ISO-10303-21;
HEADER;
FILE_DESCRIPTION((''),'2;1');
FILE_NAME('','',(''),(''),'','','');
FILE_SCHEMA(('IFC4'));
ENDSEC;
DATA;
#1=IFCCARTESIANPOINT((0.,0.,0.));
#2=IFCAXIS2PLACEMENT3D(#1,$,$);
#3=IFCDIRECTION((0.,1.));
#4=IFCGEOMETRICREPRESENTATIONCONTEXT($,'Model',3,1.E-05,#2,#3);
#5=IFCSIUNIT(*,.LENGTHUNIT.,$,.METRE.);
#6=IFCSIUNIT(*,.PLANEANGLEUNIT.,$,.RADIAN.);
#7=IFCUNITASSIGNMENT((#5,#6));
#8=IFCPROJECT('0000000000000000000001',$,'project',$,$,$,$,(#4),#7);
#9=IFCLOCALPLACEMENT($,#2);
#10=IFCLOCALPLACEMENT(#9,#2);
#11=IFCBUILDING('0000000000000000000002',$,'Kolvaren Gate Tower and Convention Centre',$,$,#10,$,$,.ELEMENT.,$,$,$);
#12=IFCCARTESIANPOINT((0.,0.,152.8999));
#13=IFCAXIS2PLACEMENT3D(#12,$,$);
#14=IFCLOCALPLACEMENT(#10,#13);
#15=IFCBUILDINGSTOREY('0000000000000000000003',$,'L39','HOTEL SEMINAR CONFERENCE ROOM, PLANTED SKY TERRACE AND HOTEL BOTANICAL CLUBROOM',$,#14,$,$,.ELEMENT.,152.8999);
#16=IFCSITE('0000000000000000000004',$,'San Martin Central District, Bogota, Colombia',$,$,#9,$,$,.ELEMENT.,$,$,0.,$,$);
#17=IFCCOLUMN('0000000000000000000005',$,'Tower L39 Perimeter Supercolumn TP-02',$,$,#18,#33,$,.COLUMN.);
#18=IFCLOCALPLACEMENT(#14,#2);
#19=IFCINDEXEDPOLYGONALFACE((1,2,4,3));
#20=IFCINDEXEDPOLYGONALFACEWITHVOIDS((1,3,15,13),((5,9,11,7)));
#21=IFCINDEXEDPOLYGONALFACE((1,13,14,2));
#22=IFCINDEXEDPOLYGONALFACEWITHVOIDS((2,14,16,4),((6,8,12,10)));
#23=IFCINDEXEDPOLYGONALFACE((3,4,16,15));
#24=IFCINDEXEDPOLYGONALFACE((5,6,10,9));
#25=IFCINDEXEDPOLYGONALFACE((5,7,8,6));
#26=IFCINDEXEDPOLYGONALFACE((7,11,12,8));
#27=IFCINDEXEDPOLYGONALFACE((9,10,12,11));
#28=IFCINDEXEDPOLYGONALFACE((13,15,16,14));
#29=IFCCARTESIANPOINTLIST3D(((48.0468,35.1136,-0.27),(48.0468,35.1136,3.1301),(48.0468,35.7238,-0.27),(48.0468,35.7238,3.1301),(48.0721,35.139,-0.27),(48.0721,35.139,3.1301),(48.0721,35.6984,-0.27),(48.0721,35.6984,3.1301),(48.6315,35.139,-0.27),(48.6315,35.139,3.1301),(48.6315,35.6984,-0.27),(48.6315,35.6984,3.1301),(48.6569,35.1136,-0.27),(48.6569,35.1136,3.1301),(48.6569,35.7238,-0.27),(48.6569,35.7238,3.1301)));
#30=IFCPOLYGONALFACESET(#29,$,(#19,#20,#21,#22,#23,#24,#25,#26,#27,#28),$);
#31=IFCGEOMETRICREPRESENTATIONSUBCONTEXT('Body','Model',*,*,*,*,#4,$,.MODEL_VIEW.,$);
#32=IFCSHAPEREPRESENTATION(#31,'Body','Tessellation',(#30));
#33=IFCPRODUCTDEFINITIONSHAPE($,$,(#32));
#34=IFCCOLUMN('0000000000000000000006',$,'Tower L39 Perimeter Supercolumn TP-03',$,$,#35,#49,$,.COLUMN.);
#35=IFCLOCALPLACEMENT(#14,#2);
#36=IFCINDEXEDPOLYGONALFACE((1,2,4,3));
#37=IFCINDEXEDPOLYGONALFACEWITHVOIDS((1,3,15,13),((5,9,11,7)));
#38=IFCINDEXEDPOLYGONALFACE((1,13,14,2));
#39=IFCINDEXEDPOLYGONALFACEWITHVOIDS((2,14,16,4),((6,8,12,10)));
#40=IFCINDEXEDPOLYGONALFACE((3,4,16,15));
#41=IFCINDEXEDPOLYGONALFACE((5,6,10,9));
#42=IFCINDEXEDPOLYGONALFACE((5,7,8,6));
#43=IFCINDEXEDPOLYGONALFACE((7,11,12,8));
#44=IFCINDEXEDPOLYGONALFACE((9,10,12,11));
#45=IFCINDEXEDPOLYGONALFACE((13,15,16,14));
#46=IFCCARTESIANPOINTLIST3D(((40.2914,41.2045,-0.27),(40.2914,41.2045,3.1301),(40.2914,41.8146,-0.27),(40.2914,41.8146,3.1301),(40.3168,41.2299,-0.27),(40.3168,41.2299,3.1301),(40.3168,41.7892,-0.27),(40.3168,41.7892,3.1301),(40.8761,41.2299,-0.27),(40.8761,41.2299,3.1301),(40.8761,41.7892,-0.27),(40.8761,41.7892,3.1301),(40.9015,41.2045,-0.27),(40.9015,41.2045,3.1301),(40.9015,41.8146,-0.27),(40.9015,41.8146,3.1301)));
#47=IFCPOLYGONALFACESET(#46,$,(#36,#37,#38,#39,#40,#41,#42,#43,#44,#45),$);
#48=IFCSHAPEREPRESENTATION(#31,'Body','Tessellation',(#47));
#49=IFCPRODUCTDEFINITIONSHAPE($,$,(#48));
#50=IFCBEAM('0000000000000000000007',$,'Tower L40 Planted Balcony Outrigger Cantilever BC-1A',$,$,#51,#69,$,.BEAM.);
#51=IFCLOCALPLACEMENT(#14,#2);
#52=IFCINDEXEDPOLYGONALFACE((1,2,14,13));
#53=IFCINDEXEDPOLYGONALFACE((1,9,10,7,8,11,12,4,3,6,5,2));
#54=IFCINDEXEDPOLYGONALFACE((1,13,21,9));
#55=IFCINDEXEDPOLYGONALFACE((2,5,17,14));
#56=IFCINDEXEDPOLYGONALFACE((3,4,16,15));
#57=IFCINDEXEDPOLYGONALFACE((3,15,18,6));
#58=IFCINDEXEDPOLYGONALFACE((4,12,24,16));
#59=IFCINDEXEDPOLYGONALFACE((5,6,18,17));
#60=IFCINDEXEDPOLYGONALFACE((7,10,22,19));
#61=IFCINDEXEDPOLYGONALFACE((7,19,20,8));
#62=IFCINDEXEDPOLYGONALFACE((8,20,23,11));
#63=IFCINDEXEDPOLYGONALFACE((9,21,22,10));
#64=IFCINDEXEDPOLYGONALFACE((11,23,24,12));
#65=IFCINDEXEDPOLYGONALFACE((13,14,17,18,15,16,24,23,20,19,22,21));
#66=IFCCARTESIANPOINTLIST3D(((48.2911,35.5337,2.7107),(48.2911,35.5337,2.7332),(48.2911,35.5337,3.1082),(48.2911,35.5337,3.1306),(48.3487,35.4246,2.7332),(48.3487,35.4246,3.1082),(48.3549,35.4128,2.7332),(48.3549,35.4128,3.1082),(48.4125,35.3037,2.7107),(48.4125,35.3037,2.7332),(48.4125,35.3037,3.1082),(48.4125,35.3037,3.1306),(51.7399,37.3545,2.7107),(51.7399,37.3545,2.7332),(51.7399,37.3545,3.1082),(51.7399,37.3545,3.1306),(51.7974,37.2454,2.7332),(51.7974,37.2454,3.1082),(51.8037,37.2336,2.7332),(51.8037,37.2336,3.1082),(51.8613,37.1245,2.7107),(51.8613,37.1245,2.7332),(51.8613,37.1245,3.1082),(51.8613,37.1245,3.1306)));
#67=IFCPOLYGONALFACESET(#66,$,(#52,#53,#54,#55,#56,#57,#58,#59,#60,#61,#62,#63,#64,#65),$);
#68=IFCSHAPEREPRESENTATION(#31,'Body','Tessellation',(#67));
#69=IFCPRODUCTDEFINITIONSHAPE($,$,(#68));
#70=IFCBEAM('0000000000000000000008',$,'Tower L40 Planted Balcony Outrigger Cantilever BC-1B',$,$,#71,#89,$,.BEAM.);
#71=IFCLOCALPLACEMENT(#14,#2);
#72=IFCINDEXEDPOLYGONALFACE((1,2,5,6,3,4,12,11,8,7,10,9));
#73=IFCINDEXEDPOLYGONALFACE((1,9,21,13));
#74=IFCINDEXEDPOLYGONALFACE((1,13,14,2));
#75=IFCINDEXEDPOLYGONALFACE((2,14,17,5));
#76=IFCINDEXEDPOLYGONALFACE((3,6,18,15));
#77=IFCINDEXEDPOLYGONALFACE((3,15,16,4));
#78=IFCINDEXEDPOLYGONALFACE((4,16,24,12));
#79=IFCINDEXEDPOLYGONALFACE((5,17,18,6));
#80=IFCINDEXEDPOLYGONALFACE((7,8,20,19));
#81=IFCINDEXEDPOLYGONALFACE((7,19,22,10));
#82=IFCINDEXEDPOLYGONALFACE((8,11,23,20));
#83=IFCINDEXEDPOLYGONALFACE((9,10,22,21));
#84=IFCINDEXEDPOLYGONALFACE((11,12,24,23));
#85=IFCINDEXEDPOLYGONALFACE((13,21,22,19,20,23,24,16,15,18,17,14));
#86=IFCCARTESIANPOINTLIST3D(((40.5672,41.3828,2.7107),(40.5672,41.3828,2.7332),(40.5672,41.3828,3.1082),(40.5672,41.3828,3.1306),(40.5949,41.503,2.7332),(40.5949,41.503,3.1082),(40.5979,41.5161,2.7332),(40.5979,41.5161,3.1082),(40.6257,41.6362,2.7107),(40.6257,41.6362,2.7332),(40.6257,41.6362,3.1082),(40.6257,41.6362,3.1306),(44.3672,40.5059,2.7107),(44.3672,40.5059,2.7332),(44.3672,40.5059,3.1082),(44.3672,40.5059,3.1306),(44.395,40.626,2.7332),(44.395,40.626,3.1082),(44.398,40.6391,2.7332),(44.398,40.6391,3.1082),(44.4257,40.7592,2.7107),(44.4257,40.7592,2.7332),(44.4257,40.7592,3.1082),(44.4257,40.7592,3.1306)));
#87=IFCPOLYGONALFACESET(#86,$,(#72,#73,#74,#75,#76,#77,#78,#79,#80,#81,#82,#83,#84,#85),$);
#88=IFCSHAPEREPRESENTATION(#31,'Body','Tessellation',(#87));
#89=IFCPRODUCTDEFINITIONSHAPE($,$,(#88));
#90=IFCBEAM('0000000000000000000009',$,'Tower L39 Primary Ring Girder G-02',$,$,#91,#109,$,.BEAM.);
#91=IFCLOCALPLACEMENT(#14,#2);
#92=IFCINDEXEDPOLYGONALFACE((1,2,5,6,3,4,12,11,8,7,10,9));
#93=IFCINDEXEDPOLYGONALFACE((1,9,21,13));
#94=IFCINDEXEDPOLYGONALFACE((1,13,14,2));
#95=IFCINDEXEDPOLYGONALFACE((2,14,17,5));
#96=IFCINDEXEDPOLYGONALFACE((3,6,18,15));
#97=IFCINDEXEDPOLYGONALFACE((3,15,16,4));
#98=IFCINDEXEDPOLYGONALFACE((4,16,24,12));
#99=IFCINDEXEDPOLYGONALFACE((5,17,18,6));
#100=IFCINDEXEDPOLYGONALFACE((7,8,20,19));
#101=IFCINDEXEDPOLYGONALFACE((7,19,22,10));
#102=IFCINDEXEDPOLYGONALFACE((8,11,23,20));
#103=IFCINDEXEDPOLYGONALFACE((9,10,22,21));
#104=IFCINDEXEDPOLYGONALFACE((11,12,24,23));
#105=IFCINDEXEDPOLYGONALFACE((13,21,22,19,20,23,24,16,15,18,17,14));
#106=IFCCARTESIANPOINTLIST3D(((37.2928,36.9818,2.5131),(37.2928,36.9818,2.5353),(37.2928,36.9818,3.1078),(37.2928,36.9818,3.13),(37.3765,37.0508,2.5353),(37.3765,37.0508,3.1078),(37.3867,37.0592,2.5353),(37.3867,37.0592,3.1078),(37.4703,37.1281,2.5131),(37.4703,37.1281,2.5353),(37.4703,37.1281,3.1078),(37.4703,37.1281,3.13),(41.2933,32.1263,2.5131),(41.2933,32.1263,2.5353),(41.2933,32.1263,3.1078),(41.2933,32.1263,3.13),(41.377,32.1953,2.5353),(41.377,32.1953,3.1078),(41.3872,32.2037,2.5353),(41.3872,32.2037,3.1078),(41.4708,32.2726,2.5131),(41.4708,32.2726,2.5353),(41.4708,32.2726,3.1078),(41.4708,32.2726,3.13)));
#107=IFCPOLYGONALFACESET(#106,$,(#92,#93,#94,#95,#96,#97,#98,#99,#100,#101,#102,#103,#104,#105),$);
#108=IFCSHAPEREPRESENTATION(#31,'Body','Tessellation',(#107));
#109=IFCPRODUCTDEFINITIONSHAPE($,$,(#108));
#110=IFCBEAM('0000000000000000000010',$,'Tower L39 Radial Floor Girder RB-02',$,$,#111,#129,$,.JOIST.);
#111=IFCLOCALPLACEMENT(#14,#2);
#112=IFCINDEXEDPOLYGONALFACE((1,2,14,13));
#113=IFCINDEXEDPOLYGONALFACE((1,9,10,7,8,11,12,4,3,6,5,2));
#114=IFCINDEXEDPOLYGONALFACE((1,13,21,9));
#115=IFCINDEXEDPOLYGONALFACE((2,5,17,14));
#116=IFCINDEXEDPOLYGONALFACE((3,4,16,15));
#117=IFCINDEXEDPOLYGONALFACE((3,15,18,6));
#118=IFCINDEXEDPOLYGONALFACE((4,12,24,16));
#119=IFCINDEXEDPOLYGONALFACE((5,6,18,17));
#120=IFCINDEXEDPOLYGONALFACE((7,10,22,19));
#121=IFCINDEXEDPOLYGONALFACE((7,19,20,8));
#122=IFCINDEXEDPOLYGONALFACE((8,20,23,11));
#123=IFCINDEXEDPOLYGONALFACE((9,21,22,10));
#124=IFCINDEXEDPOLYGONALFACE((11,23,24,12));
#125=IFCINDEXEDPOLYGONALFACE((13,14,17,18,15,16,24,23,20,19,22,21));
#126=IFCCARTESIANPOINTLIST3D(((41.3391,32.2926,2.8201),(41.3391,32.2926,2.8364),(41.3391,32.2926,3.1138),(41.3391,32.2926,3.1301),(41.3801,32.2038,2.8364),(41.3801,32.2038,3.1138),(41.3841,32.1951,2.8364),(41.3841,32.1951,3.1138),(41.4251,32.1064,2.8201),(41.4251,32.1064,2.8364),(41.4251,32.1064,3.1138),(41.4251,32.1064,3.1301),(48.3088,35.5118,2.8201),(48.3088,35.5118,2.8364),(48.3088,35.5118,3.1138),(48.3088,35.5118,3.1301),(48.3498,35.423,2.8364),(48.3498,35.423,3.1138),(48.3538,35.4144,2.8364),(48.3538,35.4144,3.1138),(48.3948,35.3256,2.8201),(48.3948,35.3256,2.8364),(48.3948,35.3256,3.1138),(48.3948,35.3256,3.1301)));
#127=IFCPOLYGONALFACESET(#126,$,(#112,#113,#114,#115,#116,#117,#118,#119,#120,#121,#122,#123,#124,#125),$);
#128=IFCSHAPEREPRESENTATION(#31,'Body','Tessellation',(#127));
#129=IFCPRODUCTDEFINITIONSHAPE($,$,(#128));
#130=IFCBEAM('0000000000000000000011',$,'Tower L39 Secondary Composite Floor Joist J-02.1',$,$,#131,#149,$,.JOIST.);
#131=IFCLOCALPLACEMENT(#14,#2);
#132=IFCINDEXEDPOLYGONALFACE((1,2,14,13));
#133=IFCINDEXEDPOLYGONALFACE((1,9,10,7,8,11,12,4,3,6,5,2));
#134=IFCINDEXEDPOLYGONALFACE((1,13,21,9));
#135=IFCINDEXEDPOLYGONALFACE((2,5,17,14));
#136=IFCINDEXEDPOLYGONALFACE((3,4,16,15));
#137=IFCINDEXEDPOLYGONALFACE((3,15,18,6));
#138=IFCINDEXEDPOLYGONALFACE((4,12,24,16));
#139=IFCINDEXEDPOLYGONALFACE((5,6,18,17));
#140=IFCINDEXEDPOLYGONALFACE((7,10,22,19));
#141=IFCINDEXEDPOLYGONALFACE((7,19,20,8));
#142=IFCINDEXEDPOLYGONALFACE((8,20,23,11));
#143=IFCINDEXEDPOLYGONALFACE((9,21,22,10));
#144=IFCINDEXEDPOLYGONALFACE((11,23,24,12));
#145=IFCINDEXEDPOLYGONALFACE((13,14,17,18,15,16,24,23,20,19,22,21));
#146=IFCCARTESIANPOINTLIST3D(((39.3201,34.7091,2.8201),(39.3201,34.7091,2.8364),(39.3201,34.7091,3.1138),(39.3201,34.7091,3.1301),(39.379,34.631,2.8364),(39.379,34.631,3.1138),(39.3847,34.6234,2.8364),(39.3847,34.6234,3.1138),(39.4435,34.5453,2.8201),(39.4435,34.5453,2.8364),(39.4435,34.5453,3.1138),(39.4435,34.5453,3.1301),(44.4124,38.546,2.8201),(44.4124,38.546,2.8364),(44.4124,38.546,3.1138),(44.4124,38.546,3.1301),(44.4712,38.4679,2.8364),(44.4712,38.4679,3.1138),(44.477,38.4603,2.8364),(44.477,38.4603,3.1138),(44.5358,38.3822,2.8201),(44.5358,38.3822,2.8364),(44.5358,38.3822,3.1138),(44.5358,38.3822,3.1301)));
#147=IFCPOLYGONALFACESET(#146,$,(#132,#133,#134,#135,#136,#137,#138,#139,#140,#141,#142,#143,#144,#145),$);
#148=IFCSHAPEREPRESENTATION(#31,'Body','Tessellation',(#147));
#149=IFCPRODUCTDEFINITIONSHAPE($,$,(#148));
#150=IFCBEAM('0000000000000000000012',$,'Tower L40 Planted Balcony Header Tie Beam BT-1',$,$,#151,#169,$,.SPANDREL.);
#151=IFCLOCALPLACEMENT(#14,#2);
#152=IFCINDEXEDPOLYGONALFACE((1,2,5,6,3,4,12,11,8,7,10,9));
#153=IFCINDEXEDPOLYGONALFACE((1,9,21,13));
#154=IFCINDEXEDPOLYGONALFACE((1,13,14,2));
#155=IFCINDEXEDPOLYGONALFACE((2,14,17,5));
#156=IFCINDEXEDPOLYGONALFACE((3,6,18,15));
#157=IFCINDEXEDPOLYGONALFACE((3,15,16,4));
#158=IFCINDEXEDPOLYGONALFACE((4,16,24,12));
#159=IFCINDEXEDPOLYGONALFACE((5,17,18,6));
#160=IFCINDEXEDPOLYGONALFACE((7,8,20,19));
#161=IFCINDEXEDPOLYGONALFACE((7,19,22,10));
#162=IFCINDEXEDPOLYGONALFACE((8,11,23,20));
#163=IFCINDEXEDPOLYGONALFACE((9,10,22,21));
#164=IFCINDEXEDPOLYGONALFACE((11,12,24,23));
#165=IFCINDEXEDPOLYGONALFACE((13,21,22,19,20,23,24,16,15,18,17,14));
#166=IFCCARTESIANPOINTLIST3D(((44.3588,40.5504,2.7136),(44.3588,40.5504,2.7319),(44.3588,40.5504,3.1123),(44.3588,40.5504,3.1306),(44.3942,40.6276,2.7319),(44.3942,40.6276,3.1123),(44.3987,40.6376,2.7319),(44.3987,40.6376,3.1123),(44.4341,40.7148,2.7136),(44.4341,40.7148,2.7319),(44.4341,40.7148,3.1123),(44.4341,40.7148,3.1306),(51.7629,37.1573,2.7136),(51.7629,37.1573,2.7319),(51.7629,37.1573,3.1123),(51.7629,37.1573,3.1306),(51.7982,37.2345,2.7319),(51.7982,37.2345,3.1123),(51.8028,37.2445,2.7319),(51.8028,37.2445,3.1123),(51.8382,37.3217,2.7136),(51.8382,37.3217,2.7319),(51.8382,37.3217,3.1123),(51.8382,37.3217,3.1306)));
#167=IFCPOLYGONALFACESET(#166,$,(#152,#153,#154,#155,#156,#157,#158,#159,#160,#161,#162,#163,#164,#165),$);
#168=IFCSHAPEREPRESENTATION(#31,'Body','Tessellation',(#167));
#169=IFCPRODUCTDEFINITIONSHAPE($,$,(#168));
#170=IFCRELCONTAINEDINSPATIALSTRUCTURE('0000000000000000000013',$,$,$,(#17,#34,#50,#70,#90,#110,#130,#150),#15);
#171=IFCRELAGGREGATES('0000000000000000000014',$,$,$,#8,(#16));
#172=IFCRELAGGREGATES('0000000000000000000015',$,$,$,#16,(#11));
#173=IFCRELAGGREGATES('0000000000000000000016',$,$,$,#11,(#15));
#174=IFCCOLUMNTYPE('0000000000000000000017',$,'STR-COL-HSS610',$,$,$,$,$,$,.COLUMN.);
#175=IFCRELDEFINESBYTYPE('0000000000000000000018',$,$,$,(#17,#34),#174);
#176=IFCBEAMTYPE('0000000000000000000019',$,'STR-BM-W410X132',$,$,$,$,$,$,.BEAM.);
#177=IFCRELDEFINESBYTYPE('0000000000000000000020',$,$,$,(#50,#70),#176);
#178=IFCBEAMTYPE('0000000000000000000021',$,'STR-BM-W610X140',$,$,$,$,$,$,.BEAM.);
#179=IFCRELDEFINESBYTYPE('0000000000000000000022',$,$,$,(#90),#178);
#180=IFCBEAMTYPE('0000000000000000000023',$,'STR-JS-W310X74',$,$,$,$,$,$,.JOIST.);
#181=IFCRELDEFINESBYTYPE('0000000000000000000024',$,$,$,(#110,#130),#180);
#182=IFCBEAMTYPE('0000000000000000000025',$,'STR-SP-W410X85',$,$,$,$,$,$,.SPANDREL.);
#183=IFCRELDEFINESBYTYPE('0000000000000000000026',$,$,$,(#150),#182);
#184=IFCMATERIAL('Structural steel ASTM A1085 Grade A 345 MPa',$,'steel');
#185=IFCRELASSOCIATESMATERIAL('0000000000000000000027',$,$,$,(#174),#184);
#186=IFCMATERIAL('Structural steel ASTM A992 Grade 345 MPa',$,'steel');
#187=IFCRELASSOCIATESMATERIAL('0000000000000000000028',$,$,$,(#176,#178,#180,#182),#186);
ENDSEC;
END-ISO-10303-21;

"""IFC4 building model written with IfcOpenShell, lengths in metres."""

from ifc_helpers import new_model, si_unit, direction, frame, origin, origin_2d, place, context, subcontext, project, spatial, hollow_rectangle, i_section, extrude, material, material_profile, profile_set, type_object, element, save


model = new_model("IFC4")

# Units and contexts
model_context = context("Model", 3, precision=1e-05, world=origin(), true_north=direction((0.0, 1.0)))
body_context = subcontext(model_context, "Body", "Model", "MODEL_VIEW")
ifc_project = project(units=[si_unit("LENGTHUNIT", "METRE"), si_unit("PLANEANGLEUNIT", "RADIAN")], contexts=[model_context])

# Site, building, storey
site_placement = place(None, origin())
site = spatial("IfcSite", under=ifc_project, at=site_placement, Name="San Martin Central District, Bogota, Colombia", CompositionType="ELEMENT", RefElevation=0.0)
building_placement = place(site_placement, origin())
building = spatial("IfcBuilding", under=site, at=building_placement, Name="Kolvaren Gate Tower and Convention Centre", CompositionType="ELEMENT")
storey_placement = place(building_placement, frame((0.0, 0.0, 152.8999)))
storey = spatial("IfcBuildingStorey", under=building, at=storey_placement, Name="L39", Description="HOTEL SEMINAR CONFERENCE ROOM, PLANTED SKY TERRACE AND HOTEL BOTANICAL CLUBROOM", CompositionType="ELEMENT", Elevation=152.8999)

# Columns
ifc_material_1 = material(Name="Structural steel ASTM A1085 Grade A 345 MPa", Category="steel")
ifc_material_profile_1 = material_profile(ifc_material_1, hollow_rectangle(XDim=0.6101, YDim=0.6101, WallThickness=0.0254, at=origin_2d()), Name="HSS610X610X25.4")
ifc_profile_set_1 = profile_set([ifc_material_profile_1], Name="Structural steel ASTM A1085 Grade A 345 MPa")
column_type = type_object("IfcColumnType", Name="STR-COL-HSS610", PredefinedType="COLUMN", material=ifc_profile_set_1)
for number, where, z_axis, x_axis, name in (
    (1, (48.3518, 35.4187, -0.27), (0.0, 0.0, 1.0), (1.0, 0.0, 0.0), "Tower L39 Perimeter Supercolumn TP-02"),
    (2, (40.5964, 41.5095, -0.27), (0.0, 0.0, 1.0), (1.0, 0.0, 0.0), "Tower L39 Perimeter Supercolumn TP-03"),
):
    element("IfcColumn", number, at=place(storey_placement, frame(where, z_axis=z_axis, x_axis=x_axis)), inside=storey, type_object=column_type, Name=name, PredefinedType="COLUMN", context=body_context, shape_type="SweptSolid", body=[
        extrude(hollow_rectangle(XDim=0.6101, YDim=0.6101, WallThickness=0.0254, at=origin_2d()), origin(), (0.0, 0.0, 1.0), 3.4001),
    ])

# Beams
ifc_material_2 = material(Name="Structural steel ASTM A992 Grade 345 MPa", Category="steel")
ifc_material_profile_2 = material_profile(ifc_material_2, i_section(OverallWidth=0.26, OverallDepth=0.4199, WebThickness=0.0134, FlangeThickness=0.0225, at=origin_2d()), Name="W410X132")
ifc_profile_set_2 = profile_set([ifc_material_profile_2], Name="Structural steel ASTM A992 Grade 345 MPa")
beam_type_1 = type_object("IfcBeamType", Name="STR-BM-W410X132", PredefinedType="BEAM", material=ifc_profile_set_2)
for number, where, z_axis, x_axis, name in (
    (3, (48.3518, 35.4187, 2.9207), (0.884317, 0.466886, 0.0), (-0.466886, 0.884317, 0.0), "Tower L40 Planted Balcony Outrigger Cantilever BC-1A"),
    (4, (40.5964, 41.5095, 2.9207), (0.97439, -0.224864, 0.0), (0.224864, 0.97439, 0.0), "Tower L40 Planted Balcony Outrigger Cantilever BC-1B"),
):
    element("IfcBeam", number, at=place(storey_placement, frame(where, z_axis=z_axis, x_axis=x_axis)), inside=storey, type_object=beam_type_1, Name=name, PredefinedType="BEAM", context=body_context, shape_type="SweptSolid", body=[
        extrude(i_section(OverallWidth=0.26, OverallDepth=0.4199, WebThickness=0.0134, FlangeThickness=0.0225, at=origin_2d()), origin(), (0.0, 0.0, 1.0), 3.8999),
    ])
ifc_material_profile_3 = material_profile(ifc_material_2, i_section(OverallWidth=0.23, OverallDepth=0.6169, WebThickness=0.0132, FlangeThickness=0.0222, at=origin_2d()), Name="W610X140")
ifc_profile_set_3 = profile_set([ifc_material_profile_3], Name="Structural steel ASTM A992 Grade 345 MPa")
beam_type_2 = type_object("IfcBeamType", Name="STR-BM-W610X140", PredefinedType="BEAM", material=ifc_profile_set_3)
beam_1_placement = place(storey_placement, frame((41.3821, 32.1995, 2.8215), z_axis=(-0.635884, 0.771785, 0.0), x_axis=(-0.771785, -0.635884, 0.0)))
element("IfcBeam", 5, at=beam_1_placement, inside=storey, type_object=beam_type_2, Name="Tower L39 Primary Ring Girder G-02", PredefinedType="BEAM", context=body_context, shape_type="SweptSolid", body=[
    extrude(i_section(OverallWidth=0.23, OverallDepth=0.6169, WebThickness=0.0132, FlangeThickness=0.0222, at=origin_2d()), origin(), (0.0, 0.0, 1.0), 6.2913),
])
ifc_material_profile_4 = material_profile(ifc_material_2, i_section(OverallWidth=0.2051, OverallDepth=0.3101, WebThickness=0.0095, FlangeThickness=0.0164, at=origin_2d()), Name="W310X74")
ifc_profile_set_4 = profile_set([ifc_material_profile_4], Name="Structural steel ASTM A992 Grade 345 MPa")
beam_type_3 = type_object("IfcBeamType", Name="STR-JS-W310X74", PredefinedType="JOIST", material=ifc_profile_set_4)
beam_2_placement = place(storey_placement, frame((41.3821, 32.1995, 2.9751), z_axis=(0.907838, 0.41932, 0.0), x_axis=(-0.41932, 0.907838, 0.0)))
element("IfcBeam", 6, at=beam_2_placement, inside=storey, type_object=beam_type_3, Name="Tower L39 Radial Floor Girder RB-02", PredefinedType="JOIST", context=body_context, shape_type="SweptSolid", body=[
    extrude(i_section(OverallWidth=0.2051, OverallDepth=0.3101, WebThickness=0.0095, FlangeThickness=0.0164, at=origin_2d()), origin(), (0.0, 0.0, 1.0), 7.6772),
])
beam_3_placement = place(storey_placement, frame((39.3818, 34.6272, 2.9751), z_axis=(0.798666, 0.601775, 0.0), x_axis=(-0.601775, 0.798666, 0.0)))
element("IfcBeam", 7, at=beam_3_placement, inside=storey, type_object=beam_type_3, Name="Tower L39 Secondary Composite Floor Joist J-02.1", PredefinedType="JOIST", context=body_context, shape_type="SweptSolid", body=[
    extrude(i_section(OverallWidth=0.2051, OverallDepth=0.3101, WebThickness=0.0095, FlangeThickness=0.0164, at=origin_2d()), origin(), (0.0, 0.0, 1.0), 6.376),
])
ifc_material_profile_5 = material_profile(ifc_material_2, i_section(OverallWidth=0.1809, OverallDepth=0.417, WebThickness=0.011, FlangeThickness=0.0183, at=origin_2d()), Name="W410X85")
ifc_profile_set_5 = profile_set([ifc_material_profile_5], Name="Structural steel ASTM A992 Grade 345 MPa")
beam_type_4 = type_object("IfcBeamType", Name="STR-SP-W410X85", PredefinedType="SPANDREL", material=ifc_profile_set_5)
beam_4_placement = place(storey_placement, frame((51.8005, 37.2395, 2.9221), z_axis=(-0.909086, 0.416608, 0.0), x_axis=(-0.416608, -0.909086, 0.0)))
element("IfcBeam", 8, at=beam_4_placement, inside=storey, type_object=beam_type_4, Name="Tower L40 Planted Balcony Header Tie Beam BT-1", PredefinedType="SPANDREL", context=body_context, shape_type="SweptSolid", body=[
    extrude(i_section(OverallWidth=0.1809, OverallDepth=0.417, WebThickness=0.011, FlangeThickness=0.0183, at=origin_2d()), origin(), (0.0, 0.0, 1.0), 8.1445),
])

save(model, "model.ifc")
